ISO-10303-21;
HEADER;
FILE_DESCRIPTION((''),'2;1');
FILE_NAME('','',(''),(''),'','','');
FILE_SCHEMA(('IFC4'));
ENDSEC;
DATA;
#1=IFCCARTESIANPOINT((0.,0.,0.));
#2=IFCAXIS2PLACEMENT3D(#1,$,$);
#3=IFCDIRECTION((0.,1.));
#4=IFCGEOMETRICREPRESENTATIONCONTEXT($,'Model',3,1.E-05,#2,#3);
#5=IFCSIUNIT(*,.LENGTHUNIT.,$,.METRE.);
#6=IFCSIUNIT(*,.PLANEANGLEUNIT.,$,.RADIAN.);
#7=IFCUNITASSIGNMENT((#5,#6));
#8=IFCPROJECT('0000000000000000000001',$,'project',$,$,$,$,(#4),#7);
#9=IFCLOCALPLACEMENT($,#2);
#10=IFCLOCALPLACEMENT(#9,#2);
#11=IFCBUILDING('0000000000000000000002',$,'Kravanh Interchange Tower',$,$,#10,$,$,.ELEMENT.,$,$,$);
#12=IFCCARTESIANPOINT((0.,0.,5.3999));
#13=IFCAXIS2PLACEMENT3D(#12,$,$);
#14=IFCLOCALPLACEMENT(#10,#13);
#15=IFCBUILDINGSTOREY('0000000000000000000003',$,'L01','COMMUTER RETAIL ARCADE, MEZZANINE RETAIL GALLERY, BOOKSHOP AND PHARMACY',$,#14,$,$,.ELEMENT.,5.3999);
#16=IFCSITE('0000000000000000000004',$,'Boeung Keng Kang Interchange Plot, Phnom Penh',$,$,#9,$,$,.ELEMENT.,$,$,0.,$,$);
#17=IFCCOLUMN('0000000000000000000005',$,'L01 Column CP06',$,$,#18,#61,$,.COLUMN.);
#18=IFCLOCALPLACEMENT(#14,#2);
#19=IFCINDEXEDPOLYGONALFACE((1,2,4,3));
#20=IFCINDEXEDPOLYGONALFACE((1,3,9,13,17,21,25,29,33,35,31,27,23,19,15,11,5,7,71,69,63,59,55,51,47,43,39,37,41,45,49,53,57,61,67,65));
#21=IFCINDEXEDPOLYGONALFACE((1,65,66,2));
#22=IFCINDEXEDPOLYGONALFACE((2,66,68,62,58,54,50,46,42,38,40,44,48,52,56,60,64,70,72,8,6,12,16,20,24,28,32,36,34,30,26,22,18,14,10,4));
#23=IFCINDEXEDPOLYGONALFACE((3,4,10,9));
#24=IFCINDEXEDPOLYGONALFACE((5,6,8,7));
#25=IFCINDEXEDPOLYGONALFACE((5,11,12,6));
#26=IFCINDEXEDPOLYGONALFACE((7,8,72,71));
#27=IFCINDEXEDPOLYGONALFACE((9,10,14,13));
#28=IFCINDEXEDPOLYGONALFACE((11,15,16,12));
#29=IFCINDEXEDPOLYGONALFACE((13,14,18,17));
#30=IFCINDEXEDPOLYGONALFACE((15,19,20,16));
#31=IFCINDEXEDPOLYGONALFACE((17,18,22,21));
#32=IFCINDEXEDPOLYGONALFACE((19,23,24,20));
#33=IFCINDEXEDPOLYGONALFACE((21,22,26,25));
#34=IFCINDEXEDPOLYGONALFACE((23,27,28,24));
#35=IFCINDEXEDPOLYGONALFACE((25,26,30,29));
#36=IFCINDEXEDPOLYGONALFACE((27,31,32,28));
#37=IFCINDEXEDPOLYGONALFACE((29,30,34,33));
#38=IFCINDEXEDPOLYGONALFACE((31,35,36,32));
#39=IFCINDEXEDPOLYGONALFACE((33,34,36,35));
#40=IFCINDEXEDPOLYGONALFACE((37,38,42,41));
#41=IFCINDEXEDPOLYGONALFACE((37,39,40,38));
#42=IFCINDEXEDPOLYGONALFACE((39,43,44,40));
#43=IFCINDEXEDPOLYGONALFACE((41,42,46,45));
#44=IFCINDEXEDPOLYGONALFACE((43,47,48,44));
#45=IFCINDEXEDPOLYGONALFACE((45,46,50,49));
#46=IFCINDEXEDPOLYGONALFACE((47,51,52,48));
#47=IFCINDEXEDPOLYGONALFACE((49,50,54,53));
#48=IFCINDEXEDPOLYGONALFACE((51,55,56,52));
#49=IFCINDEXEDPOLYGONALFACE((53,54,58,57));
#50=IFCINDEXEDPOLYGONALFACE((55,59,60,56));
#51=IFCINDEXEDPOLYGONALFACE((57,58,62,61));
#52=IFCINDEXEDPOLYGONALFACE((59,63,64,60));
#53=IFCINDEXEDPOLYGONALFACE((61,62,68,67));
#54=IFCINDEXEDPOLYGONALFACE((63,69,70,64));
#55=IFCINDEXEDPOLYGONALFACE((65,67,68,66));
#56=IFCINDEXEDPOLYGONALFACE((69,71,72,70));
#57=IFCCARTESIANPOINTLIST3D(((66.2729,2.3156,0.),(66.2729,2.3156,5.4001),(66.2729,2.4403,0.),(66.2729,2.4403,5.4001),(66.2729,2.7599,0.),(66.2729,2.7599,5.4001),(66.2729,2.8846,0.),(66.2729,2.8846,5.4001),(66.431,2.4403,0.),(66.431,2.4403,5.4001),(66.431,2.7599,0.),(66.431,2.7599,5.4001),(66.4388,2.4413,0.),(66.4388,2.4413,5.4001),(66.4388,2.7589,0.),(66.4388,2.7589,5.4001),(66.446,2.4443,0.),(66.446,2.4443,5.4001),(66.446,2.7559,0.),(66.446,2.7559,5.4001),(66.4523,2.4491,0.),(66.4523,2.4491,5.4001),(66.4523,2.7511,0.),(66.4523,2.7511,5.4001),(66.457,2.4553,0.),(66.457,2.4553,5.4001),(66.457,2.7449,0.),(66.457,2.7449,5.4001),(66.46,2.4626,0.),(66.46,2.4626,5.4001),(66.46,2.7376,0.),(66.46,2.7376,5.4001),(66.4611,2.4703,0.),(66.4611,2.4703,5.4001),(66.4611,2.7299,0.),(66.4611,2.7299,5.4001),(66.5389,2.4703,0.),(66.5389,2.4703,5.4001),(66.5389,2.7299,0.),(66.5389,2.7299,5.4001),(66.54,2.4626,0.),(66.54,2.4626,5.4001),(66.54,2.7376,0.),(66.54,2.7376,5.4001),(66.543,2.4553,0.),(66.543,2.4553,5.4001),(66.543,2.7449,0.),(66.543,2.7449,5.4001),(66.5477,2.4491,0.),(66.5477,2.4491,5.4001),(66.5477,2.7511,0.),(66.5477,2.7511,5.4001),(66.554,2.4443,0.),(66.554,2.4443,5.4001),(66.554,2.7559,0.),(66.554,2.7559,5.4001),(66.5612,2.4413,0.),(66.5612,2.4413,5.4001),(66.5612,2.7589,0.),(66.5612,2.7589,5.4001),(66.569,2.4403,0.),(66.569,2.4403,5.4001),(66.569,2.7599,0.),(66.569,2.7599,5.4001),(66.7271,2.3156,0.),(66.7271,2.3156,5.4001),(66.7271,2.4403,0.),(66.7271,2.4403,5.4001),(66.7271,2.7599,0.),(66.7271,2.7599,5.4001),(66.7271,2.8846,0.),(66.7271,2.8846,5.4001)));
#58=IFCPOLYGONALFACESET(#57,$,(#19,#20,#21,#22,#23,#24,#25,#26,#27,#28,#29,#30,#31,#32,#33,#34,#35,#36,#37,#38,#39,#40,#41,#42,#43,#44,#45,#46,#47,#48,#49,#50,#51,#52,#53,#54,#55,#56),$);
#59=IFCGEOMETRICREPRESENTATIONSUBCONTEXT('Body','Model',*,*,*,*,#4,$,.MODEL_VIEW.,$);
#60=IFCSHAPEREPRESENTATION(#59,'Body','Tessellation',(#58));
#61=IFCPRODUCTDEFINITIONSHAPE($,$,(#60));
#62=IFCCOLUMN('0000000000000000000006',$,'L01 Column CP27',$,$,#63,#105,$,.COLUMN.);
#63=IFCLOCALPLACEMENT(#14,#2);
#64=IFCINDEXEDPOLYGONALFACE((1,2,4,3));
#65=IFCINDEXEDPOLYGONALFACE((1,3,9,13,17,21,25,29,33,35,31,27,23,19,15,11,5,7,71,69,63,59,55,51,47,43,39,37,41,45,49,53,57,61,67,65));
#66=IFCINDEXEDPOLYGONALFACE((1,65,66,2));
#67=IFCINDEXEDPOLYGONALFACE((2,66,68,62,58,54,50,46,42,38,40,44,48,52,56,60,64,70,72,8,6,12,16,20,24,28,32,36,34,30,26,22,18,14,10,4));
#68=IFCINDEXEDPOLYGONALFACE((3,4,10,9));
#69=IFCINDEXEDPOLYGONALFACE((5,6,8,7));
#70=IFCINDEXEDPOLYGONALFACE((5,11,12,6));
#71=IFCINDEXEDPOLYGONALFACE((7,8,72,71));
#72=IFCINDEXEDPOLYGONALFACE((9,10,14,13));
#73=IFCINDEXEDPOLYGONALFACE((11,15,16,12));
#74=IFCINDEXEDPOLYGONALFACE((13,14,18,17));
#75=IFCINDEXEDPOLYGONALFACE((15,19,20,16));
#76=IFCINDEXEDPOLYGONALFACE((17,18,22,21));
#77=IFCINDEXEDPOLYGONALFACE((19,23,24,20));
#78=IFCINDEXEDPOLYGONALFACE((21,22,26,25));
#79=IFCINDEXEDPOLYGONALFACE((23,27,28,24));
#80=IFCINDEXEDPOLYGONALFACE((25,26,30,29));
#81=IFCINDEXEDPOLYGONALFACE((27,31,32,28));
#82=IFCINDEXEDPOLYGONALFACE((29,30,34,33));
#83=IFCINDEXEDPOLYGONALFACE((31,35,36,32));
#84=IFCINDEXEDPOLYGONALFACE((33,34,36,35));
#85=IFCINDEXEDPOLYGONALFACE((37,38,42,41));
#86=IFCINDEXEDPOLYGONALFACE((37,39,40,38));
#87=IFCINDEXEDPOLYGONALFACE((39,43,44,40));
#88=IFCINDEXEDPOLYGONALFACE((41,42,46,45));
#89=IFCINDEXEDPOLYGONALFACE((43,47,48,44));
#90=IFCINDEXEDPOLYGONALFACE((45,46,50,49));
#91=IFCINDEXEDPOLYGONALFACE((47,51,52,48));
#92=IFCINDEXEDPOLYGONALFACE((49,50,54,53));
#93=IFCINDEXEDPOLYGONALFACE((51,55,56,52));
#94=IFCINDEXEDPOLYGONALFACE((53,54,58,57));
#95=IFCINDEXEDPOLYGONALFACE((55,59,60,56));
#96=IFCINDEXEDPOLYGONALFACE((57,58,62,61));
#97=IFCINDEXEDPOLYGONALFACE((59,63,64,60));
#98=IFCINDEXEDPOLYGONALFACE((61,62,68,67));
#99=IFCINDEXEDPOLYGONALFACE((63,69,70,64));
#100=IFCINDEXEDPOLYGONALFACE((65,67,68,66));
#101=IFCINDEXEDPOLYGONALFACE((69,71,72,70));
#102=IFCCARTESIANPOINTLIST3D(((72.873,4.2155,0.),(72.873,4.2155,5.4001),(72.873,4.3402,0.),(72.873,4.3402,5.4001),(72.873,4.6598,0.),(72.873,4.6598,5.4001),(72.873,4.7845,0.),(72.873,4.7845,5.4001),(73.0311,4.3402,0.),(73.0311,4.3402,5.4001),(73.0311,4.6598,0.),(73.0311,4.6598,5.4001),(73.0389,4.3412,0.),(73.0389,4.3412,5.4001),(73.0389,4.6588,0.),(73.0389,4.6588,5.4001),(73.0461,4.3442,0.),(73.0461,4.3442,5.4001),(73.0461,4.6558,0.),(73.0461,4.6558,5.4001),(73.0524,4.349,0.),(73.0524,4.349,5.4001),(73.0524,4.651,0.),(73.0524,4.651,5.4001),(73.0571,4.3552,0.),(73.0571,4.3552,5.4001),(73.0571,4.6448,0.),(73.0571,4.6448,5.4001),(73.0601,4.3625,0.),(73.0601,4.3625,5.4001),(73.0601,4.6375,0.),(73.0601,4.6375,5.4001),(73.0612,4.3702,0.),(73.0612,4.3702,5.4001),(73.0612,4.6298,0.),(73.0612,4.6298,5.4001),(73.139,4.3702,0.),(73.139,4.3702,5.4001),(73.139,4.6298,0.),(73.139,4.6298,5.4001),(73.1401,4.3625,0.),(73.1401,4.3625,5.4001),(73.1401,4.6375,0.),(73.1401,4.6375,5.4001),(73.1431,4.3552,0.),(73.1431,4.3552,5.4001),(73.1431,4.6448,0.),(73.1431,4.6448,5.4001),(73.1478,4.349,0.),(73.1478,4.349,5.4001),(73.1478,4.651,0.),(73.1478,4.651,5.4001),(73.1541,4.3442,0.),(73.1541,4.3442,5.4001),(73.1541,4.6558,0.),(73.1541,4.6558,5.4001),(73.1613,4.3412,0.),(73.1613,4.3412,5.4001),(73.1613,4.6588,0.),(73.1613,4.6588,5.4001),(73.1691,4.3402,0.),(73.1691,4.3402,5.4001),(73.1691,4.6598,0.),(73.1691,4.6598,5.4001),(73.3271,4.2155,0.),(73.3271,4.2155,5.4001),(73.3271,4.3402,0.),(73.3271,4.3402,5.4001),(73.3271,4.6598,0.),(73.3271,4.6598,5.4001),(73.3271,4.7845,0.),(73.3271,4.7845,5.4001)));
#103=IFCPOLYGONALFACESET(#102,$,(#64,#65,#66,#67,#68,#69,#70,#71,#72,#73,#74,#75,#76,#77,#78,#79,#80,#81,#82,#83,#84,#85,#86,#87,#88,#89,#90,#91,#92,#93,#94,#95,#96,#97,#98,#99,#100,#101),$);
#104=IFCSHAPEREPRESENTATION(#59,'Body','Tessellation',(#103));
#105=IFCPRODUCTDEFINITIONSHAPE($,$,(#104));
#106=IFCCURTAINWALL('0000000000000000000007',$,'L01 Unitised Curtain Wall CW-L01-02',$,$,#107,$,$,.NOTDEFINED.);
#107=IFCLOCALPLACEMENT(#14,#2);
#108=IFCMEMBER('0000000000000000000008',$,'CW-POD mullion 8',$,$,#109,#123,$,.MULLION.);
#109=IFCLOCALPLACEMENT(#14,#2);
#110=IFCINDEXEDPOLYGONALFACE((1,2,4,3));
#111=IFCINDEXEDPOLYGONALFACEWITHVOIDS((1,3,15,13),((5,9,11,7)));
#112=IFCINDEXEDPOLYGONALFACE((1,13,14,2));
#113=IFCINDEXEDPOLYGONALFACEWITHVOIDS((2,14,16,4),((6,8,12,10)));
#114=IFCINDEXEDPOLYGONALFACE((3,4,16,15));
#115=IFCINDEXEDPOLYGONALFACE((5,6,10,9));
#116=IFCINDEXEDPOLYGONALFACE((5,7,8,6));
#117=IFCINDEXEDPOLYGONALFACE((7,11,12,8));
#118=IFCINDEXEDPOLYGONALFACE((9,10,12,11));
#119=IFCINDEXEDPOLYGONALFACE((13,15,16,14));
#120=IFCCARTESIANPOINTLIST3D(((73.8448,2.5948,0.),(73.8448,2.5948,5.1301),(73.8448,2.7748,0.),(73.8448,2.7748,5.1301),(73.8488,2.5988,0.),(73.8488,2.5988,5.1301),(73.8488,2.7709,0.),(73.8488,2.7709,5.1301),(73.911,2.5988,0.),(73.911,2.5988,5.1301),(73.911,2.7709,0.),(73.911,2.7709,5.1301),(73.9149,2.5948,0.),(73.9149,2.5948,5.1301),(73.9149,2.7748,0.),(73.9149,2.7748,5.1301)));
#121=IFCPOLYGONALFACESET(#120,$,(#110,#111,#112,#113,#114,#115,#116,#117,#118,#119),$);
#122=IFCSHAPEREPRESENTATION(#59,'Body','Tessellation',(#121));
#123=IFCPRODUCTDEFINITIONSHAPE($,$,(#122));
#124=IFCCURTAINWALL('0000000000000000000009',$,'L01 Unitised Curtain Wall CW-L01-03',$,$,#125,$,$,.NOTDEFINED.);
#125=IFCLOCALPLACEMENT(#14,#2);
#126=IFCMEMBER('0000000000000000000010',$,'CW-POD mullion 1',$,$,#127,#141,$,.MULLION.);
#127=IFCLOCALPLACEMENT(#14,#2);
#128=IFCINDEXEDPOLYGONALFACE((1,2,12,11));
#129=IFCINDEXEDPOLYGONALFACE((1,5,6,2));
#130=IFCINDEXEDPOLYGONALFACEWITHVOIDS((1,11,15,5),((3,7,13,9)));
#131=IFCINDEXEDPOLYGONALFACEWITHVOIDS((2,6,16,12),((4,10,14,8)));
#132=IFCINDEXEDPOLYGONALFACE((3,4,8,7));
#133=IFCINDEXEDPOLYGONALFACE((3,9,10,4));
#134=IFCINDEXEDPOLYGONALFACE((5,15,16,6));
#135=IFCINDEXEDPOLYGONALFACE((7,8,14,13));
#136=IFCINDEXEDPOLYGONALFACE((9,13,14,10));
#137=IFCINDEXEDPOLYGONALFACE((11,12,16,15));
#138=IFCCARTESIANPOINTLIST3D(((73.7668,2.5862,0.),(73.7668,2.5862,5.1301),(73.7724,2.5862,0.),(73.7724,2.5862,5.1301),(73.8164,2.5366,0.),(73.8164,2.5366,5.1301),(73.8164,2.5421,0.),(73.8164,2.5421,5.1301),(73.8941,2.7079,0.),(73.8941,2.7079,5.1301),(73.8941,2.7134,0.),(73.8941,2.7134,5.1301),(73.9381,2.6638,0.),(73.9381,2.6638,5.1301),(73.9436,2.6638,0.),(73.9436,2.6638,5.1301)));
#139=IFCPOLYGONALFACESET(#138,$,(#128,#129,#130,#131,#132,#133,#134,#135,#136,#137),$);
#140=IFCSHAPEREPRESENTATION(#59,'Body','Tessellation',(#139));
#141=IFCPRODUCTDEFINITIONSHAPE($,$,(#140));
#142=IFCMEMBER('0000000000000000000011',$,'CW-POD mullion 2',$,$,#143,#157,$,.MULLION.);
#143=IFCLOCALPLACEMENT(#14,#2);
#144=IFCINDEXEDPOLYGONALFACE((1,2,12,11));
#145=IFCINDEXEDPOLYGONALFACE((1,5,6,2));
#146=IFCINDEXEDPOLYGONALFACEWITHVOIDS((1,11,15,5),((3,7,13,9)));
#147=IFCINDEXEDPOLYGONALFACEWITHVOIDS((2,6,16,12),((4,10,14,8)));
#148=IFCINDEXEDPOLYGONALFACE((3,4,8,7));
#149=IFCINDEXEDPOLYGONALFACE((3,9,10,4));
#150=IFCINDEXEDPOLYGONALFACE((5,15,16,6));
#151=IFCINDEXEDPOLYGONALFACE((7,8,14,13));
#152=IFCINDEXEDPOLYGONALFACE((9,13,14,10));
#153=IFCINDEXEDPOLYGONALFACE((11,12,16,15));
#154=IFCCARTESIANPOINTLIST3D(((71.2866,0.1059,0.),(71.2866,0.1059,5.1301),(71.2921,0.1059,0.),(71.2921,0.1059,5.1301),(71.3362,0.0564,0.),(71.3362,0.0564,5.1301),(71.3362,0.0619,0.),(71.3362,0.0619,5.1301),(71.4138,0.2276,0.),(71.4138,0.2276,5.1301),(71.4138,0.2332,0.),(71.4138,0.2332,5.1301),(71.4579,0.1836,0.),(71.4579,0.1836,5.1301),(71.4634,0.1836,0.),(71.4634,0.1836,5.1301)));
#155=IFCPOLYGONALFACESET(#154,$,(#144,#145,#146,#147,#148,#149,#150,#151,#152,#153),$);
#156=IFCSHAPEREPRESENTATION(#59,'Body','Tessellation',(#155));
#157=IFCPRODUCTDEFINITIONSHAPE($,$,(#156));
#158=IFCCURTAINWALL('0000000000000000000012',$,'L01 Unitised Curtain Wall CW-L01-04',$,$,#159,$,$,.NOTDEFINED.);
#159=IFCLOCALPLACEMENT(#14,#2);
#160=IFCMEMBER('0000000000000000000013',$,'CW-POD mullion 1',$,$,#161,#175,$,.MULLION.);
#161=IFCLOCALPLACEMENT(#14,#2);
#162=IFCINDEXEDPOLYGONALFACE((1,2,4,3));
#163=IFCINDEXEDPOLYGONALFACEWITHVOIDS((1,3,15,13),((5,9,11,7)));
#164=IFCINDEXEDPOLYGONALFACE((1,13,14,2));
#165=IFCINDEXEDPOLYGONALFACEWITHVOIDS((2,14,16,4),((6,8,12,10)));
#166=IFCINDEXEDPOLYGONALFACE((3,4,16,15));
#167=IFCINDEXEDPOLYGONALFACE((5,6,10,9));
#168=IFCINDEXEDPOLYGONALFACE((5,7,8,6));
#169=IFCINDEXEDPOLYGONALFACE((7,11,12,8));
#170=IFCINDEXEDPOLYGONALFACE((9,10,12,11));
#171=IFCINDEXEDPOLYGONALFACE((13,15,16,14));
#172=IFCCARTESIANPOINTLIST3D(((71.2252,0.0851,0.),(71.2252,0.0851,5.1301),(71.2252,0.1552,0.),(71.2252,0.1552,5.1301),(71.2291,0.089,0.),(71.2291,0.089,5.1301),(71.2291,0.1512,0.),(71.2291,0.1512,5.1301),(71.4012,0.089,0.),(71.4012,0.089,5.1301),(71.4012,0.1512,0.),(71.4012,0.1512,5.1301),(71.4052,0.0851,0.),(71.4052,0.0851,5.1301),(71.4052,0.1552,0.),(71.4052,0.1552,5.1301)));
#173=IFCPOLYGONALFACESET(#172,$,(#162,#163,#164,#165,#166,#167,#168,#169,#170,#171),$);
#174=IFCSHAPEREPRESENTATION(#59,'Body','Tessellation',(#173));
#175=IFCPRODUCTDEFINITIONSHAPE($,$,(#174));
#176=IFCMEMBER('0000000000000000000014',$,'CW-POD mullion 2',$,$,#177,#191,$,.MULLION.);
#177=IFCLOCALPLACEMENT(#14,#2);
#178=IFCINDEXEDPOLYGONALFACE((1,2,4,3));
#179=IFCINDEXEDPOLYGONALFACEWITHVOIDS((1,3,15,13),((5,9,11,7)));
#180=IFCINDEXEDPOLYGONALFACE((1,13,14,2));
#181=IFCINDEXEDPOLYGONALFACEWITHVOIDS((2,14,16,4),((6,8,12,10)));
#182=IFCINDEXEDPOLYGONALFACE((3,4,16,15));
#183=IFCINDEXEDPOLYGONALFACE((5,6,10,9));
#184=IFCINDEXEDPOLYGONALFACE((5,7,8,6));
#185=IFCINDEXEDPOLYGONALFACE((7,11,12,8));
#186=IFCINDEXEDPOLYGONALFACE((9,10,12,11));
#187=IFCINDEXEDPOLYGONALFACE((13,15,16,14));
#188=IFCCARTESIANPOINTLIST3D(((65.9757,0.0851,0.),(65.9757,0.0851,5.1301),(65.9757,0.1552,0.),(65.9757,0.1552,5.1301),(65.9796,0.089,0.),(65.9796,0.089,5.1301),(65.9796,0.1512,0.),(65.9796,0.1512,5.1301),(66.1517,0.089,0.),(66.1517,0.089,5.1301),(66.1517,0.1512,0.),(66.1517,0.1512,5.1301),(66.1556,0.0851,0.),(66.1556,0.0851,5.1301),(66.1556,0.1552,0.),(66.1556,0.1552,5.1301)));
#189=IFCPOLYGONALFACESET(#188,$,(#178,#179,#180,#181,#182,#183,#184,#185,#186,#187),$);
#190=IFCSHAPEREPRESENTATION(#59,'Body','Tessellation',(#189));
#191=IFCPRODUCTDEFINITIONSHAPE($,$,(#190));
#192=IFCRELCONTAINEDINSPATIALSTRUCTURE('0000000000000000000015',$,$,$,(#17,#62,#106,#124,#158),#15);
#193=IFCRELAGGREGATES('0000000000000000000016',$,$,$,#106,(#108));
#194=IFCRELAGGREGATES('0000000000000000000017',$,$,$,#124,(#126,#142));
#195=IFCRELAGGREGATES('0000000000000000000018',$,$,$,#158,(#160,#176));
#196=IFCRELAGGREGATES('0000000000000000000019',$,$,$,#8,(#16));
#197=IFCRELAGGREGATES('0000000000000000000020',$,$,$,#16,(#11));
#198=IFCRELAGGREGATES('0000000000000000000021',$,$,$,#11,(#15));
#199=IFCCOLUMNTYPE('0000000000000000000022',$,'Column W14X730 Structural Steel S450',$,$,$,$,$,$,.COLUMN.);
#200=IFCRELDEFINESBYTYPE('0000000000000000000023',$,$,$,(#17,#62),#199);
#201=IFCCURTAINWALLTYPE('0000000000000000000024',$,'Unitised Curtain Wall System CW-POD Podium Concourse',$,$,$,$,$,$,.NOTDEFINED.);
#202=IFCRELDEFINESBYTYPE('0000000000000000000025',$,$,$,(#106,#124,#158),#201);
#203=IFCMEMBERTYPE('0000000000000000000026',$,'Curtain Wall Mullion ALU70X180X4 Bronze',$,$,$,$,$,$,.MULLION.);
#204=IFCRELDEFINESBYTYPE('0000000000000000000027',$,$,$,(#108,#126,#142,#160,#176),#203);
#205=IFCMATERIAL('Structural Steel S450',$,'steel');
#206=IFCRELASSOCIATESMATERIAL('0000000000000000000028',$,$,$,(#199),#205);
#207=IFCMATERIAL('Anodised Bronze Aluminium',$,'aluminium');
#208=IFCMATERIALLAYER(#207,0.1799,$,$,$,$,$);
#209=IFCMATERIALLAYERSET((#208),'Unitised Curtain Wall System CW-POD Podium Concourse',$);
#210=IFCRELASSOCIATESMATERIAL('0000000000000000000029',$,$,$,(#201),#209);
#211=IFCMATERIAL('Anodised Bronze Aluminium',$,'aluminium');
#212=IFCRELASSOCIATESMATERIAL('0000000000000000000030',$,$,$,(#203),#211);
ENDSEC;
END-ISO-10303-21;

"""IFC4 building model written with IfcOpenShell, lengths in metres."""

from ifc_helpers import new_model, si_unit, direction, frame, origin, origin_2d, place, context, subcontext, project, spatial, hollow_rectangle, i_section, extrude, material, layer, layer_set, material_profile, profile_set, type_object, element, aggregate, save


model = new_model("IFC4")

# Units and contexts
model_context = context("Model", 3, precision=1e-05, world=origin(), true_north=direction((0.0, 1.0)))
body_context = subcontext(model_context, "Body", "Model", "MODEL_VIEW")
ifc_project = project(units=[si_unit("LENGTHUNIT", "METRE"), si_unit("PLANEANGLEUNIT", "RADIAN")], contexts=[model_context])

# Site, building, storey
site_placement = place(None, origin())
site = spatial("IfcSite", under=ifc_project, at=site_placement, Name="Boeung Keng Kang Interchange Plot, Phnom Penh", CompositionType="ELEMENT", RefElevation=0.0)
building_placement = place(site_placement, origin())
building = spatial("IfcBuilding", under=site, at=building_placement, Name="Kravanh Interchange Tower", CompositionType="ELEMENT")
storey_placement = place(building_placement, frame((0.0, 0.0, 5.3999)))
storey = spatial("IfcBuildingStorey", under=building, at=storey_placement, Name="L01", Description="COMMUTER RETAIL ARCADE, MEZZANINE RETAIL GALLERY, BOOKSHOP AND PHARMACY", CompositionType="ELEMENT", Elevation=5.3999)

# Columns
ifc_material_1 = material(Name="Structural Steel S450", Category="steel")
ifc_material_profile_1 = material_profile(ifc_material_1, i_section(OverallWidth=0.4541, OverallDepth=0.5691, WebThickness=0.0779, FlangeThickness=0.1248, FilletRadius=0.03, at=origin_2d()), Name="W14X730")
ifc_profile_set_1 = profile_set([ifc_material_profile_1], Name="Structural Steel S450")
column_type = type_object("IfcColumnType", Name="Column W14X730 Structural Steel S450", PredefinedType="COLUMN", material=ifc_profile_set_1)
for number, where, z_axis, x_axis, name in (
    (1, (66.5, 2.6001, 0.0), (0.0, 0.0, 1.0), (1.0, 0.0, 0.0), "L01 Column CP06"),
    (2, (73.1001, 4.5, 0.0), (0.0, 0.0, 1.0), (1.0, 0.0, 0.0), "L01 Column CP27"),
):
    element("IfcColumn", number, at=place(storey_placement, frame(where, z_axis=z_axis, x_axis=x_axis)), inside=storey, type_object=column_type, Name=name, PredefinedType="COLUMN", context=body_context, shape_type="SweptSolid", body=[
        extrude(i_section(OverallWidth=0.4541, OverallDepth=0.5691, WebThickness=0.0779, FlangeThickness=0.1248, FilletRadius=0.03, at=origin_2d()), origin(), (0.0, 0.0, 1.0), 5.4001),
    ])

# Curtain wall, member
ifc_material_2 = material(Name="Anodised Bronze Aluminium", Category="aluminium")
ifc_layer_1 = layer(ifc_material_2, 0.1799)
ifc_layer_set_1 = layer_set([ifc_layer_1], Name="Unitised Curtain Wall System CW-POD Podium Concourse")
curtain_wall_type = type_object("IfcCurtainWallType", Name="Unitised Curtain Wall System CW-POD Podium Concourse", PredefinedType="NOTDEFINED", material=ifc_layer_set_1)
curtain_wall_1_placement = place(storey_placement, origin())
curtain_wall_1 = element("IfcCurtainWall", 3, at=curtain_wall_1_placement, inside=storey, type_object=curtain_wall_type, Name="L01 Unitised Curtain Wall CW-L01-02", PredefinedType="NOTDEFINED")
ifc_material_3 = material(Name="Anodised Bronze Aluminium", Category="aluminium")
ifc_material_profile_2 = material_profile(ifc_material_3, hollow_rectangle(XDim=0.0701, YDim=0.1799, WallThickness=0.0039, at=origin_2d()), Name="ALU70X180X4")
ifc_profile_set_2 = profile_set([ifc_material_profile_2], Name="Anodised Bronze Aluminium")
member_type_1 = type_object("IfcMemberType", Name="Curtain Wall Mullion ALU70X180X4 Bronze", PredefinedType="MULLION", material=ifc_profile_set_2)
member_1_placement = place(storey_placement, frame((73.8799, 2.6848, 0.0), z_axis=(0.0, 0.0, 1.0), x_axis=(1.0, 0.0, 0.0)))
member_1 = element("IfcMember", 4, at=member_1_placement, type_object=member_type_1, Name="CW-POD mullion 8", PredefinedType="MULLION", context=body_context, shape_type="SweptSolid", body=[
    extrude(hollow_rectangle(XDim=0.0701, YDim=0.1799, WallThickness=0.0039, at=origin_2d()), origin(), (0.0, 0.0, 1.0), 5.1301),
])

# Curtain walls, members
curtain_wall_2_placement = place(storey_placement, origin())
curtain_wall_2 = element("IfcCurtainWall", 5, at=curtain_wall_2_placement, inside=storey, type_object=curtain_wall_type, Name="L01 Unitised Curtain Wall CW-L01-03", PredefinedType="NOTDEFINED")
member_2_placement = place(storey_placement, frame((73.8552, 2.625, 0.0), z_axis=(0.0, 0.0, 1.0), x_axis=(0.707107, -0.707107, 0.0)))
member_2 = element("IfcMember", 6, at=member_2_placement, type_object=member_type_1, Name="CW-POD mullion 1", PredefinedType="MULLION", context=body_context, shape_type="SweptSolid", body=[
    extrude(hollow_rectangle(XDim=0.0701, YDim=0.1799, WallThickness=0.0039, at=origin_2d()), origin(), (0.0, 0.0, 1.0), 5.1301),
])
member_3_placement = place(storey_placement, frame((71.375, 0.1448, 0.0), z_axis=(0.0, 0.0, 1.0), x_axis=(0.707107, -0.707107, 0.0)))
member_3 = element("IfcMember", 7, at=member_3_placement, type_object=member_type_1, Name="CW-POD mullion 2", PredefinedType="MULLION", context=body_context, shape_type="SweptSolid", body=[
    extrude(hollow_rectangle(XDim=0.0701, YDim=0.1799, WallThickness=0.0039, at=origin_2d()), origin(), (0.0, 0.0, 1.0), 5.1301),
])
curtain_wall_3_placement = place(storey_placement, origin())
curtain_wall_3 = element("IfcCurtainWall", 8, at=curtain_wall_3_placement, inside=storey, type_object=curtain_wall_type, Name="L01 Unitised Curtain Wall CW-L01-04", PredefinedType="NOTDEFINED")
member_4_placement = place(storey_placement, frame((71.3152, 0.1201, 0.0), z_axis=(0.0, 0.0, 1.0), x_axis=(0.0, -1.0, 0.0)))
member_4 = element("IfcMember", 9, at=member_4_placement, type_object=member_type_1, Name="CW-POD mullion 1", PredefinedType="MULLION", context=body_context, shape_type="SweptSolid", body=[
    extrude(hollow_rectangle(XDim=0.0701, YDim=0.1799, WallThickness=0.0039, at=origin_2d()), origin(), (0.0, 0.0, 1.0), 5.1301),
])
member_5_placement = place(storey_placement, frame((66.0657, 0.1201, 0.0), z_axis=(0.0, 0.0, 1.0), x_axis=(0.0, -1.0, 0.0)))
member_5 = element("IfcMember", 10, at=member_5_placement, type_object=member_type_1, Name="CW-POD mullion 2", PredefinedType="MULLION", context=body_context, shape_type="SweptSolid", body=[
    extrude(hollow_rectangle(XDim=0.0701, YDim=0.1799, WallThickness=0.0039, at=origin_2d()), origin(), (0.0, 0.0, 1.0), 5.1301),
])

aggregate(curtain_wall_1, [member_1])
aggregate(curtain_wall_2, [member_2, member_3])
aggregate(curtain_wall_3, [member_4, member_5])

save(model, "model.ifc")
